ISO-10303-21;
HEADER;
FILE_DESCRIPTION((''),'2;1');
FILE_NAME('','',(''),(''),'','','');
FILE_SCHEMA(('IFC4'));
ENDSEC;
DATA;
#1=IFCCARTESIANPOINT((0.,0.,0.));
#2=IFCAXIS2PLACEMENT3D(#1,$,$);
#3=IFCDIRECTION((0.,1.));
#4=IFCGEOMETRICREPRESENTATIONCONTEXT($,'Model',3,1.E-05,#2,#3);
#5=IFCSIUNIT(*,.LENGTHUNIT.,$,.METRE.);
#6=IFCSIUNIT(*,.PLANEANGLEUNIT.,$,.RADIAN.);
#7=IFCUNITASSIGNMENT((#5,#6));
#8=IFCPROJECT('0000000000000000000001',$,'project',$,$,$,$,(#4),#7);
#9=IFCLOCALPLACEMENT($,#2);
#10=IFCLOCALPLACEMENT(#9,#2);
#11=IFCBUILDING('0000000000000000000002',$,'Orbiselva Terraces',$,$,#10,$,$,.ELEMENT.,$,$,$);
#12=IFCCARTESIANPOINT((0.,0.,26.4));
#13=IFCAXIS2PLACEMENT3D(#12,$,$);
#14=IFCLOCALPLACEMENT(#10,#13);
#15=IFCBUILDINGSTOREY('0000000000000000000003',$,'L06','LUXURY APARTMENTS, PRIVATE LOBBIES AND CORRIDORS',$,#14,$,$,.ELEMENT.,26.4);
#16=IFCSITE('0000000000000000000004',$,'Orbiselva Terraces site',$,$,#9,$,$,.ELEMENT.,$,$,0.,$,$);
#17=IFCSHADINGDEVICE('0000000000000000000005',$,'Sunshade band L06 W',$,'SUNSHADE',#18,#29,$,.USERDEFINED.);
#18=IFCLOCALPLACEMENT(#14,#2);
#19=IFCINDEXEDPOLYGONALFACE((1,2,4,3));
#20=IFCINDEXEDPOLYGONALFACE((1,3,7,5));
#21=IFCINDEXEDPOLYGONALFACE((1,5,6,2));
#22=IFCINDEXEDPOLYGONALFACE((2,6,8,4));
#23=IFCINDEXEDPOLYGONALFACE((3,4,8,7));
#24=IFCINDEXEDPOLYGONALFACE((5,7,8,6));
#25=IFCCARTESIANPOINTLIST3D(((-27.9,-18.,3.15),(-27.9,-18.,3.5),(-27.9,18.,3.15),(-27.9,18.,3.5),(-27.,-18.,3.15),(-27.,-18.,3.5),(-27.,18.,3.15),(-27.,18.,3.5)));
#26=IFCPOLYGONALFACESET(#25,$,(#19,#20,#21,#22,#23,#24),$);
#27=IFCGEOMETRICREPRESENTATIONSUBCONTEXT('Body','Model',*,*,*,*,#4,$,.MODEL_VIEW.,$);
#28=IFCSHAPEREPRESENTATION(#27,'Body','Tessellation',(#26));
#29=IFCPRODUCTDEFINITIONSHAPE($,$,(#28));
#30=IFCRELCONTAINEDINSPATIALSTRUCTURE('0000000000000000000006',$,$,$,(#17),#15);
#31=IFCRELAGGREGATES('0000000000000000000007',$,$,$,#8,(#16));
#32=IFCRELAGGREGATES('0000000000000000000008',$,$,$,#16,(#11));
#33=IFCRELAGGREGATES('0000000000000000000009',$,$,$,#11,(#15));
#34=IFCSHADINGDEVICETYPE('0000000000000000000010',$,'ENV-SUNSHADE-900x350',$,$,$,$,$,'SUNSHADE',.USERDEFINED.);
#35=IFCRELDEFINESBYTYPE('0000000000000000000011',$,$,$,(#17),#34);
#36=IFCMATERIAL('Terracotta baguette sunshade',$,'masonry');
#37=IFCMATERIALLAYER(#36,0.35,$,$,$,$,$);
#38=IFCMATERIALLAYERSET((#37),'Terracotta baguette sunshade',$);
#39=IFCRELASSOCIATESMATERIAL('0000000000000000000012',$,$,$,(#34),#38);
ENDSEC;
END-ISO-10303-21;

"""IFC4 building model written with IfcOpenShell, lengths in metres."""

from ifc_helpers import new_model, si_unit, direction, frame, origin, place, context, subcontext, project, spatial, polyline, outline, extrude, material, layer, layer_set, type_object, element, save


model = new_model("IFC4")

# Units and contexts
model_context = context("Model", 3, precision=1e-05, world=origin(), true_north=direction((0.0, 1.0)))
body_context = subcontext(model_context, "Body", "Model", "MODEL_VIEW")
ifc_project = project(units=[si_unit("LENGTHUNIT", "METRE"), si_unit("PLANEANGLEUNIT", "RADIAN")], contexts=[model_context])

# Site, building, storey
site_placement = place(None, origin())
site = spatial("IfcSite", under=ifc_project, at=site_placement, Name="Orbiselva Terraces site", CompositionType="ELEMENT", RefElevation=0.0)
building_placement = place(site_placement, origin())
building = spatial("IfcBuilding", under=site, at=building_placement, Name="Orbiselva Terraces", CompositionType="ELEMENT")
storey_placement = place(building_placement, frame((0.0, 0.0, 26.4)))
storey = spatial("IfcBuildingStorey", under=building, at=storey_placement, Name="L06", Description="LUXURY APARTMENTS, PRIVATE LOBBIES AND CORRIDORS", CompositionType="ELEMENT", Elevation=26.4)

# Shading device
ifc_material_1 = material(Name="Terracotta baguette sunshade", Category="masonry")
ifc_layer_1 = layer(ifc_material_1, 0.35)
ifc_layer_set_1 = layer_set([ifc_layer_1], Name="Terracotta baguette sunshade")
shading_device_type_1 = type_object("IfcShadingDeviceType", Name="ENV-SUNSHADE-900x350", ElementType="SUNSHADE", PredefinedType="USERDEFINED", material=ifc_layer_set_1)
shading_device_1_placement = place(storey_placement, frame((0.0, 0.0, 3.15)))
element("IfcShadingDevice", 1, at=shading_device_1_placement, inside=storey, type_object=shading_device_type_1, Name="Sunshade band L06 W", ObjectType="SUNSHADE", PredefinedType="USERDEFINED", context=body_context, shape_type="SweptSolid", body=[
    extrude(outline(polyline([(-27.9, 18.0), (-27.9, -18.0), (-27.0, -18.0), (-27.0, 18.0), (-27.9, 18.0)])), origin(), (0.0, 0.0, 1.0), 0.35),
])

save(model, "model.ifc")
